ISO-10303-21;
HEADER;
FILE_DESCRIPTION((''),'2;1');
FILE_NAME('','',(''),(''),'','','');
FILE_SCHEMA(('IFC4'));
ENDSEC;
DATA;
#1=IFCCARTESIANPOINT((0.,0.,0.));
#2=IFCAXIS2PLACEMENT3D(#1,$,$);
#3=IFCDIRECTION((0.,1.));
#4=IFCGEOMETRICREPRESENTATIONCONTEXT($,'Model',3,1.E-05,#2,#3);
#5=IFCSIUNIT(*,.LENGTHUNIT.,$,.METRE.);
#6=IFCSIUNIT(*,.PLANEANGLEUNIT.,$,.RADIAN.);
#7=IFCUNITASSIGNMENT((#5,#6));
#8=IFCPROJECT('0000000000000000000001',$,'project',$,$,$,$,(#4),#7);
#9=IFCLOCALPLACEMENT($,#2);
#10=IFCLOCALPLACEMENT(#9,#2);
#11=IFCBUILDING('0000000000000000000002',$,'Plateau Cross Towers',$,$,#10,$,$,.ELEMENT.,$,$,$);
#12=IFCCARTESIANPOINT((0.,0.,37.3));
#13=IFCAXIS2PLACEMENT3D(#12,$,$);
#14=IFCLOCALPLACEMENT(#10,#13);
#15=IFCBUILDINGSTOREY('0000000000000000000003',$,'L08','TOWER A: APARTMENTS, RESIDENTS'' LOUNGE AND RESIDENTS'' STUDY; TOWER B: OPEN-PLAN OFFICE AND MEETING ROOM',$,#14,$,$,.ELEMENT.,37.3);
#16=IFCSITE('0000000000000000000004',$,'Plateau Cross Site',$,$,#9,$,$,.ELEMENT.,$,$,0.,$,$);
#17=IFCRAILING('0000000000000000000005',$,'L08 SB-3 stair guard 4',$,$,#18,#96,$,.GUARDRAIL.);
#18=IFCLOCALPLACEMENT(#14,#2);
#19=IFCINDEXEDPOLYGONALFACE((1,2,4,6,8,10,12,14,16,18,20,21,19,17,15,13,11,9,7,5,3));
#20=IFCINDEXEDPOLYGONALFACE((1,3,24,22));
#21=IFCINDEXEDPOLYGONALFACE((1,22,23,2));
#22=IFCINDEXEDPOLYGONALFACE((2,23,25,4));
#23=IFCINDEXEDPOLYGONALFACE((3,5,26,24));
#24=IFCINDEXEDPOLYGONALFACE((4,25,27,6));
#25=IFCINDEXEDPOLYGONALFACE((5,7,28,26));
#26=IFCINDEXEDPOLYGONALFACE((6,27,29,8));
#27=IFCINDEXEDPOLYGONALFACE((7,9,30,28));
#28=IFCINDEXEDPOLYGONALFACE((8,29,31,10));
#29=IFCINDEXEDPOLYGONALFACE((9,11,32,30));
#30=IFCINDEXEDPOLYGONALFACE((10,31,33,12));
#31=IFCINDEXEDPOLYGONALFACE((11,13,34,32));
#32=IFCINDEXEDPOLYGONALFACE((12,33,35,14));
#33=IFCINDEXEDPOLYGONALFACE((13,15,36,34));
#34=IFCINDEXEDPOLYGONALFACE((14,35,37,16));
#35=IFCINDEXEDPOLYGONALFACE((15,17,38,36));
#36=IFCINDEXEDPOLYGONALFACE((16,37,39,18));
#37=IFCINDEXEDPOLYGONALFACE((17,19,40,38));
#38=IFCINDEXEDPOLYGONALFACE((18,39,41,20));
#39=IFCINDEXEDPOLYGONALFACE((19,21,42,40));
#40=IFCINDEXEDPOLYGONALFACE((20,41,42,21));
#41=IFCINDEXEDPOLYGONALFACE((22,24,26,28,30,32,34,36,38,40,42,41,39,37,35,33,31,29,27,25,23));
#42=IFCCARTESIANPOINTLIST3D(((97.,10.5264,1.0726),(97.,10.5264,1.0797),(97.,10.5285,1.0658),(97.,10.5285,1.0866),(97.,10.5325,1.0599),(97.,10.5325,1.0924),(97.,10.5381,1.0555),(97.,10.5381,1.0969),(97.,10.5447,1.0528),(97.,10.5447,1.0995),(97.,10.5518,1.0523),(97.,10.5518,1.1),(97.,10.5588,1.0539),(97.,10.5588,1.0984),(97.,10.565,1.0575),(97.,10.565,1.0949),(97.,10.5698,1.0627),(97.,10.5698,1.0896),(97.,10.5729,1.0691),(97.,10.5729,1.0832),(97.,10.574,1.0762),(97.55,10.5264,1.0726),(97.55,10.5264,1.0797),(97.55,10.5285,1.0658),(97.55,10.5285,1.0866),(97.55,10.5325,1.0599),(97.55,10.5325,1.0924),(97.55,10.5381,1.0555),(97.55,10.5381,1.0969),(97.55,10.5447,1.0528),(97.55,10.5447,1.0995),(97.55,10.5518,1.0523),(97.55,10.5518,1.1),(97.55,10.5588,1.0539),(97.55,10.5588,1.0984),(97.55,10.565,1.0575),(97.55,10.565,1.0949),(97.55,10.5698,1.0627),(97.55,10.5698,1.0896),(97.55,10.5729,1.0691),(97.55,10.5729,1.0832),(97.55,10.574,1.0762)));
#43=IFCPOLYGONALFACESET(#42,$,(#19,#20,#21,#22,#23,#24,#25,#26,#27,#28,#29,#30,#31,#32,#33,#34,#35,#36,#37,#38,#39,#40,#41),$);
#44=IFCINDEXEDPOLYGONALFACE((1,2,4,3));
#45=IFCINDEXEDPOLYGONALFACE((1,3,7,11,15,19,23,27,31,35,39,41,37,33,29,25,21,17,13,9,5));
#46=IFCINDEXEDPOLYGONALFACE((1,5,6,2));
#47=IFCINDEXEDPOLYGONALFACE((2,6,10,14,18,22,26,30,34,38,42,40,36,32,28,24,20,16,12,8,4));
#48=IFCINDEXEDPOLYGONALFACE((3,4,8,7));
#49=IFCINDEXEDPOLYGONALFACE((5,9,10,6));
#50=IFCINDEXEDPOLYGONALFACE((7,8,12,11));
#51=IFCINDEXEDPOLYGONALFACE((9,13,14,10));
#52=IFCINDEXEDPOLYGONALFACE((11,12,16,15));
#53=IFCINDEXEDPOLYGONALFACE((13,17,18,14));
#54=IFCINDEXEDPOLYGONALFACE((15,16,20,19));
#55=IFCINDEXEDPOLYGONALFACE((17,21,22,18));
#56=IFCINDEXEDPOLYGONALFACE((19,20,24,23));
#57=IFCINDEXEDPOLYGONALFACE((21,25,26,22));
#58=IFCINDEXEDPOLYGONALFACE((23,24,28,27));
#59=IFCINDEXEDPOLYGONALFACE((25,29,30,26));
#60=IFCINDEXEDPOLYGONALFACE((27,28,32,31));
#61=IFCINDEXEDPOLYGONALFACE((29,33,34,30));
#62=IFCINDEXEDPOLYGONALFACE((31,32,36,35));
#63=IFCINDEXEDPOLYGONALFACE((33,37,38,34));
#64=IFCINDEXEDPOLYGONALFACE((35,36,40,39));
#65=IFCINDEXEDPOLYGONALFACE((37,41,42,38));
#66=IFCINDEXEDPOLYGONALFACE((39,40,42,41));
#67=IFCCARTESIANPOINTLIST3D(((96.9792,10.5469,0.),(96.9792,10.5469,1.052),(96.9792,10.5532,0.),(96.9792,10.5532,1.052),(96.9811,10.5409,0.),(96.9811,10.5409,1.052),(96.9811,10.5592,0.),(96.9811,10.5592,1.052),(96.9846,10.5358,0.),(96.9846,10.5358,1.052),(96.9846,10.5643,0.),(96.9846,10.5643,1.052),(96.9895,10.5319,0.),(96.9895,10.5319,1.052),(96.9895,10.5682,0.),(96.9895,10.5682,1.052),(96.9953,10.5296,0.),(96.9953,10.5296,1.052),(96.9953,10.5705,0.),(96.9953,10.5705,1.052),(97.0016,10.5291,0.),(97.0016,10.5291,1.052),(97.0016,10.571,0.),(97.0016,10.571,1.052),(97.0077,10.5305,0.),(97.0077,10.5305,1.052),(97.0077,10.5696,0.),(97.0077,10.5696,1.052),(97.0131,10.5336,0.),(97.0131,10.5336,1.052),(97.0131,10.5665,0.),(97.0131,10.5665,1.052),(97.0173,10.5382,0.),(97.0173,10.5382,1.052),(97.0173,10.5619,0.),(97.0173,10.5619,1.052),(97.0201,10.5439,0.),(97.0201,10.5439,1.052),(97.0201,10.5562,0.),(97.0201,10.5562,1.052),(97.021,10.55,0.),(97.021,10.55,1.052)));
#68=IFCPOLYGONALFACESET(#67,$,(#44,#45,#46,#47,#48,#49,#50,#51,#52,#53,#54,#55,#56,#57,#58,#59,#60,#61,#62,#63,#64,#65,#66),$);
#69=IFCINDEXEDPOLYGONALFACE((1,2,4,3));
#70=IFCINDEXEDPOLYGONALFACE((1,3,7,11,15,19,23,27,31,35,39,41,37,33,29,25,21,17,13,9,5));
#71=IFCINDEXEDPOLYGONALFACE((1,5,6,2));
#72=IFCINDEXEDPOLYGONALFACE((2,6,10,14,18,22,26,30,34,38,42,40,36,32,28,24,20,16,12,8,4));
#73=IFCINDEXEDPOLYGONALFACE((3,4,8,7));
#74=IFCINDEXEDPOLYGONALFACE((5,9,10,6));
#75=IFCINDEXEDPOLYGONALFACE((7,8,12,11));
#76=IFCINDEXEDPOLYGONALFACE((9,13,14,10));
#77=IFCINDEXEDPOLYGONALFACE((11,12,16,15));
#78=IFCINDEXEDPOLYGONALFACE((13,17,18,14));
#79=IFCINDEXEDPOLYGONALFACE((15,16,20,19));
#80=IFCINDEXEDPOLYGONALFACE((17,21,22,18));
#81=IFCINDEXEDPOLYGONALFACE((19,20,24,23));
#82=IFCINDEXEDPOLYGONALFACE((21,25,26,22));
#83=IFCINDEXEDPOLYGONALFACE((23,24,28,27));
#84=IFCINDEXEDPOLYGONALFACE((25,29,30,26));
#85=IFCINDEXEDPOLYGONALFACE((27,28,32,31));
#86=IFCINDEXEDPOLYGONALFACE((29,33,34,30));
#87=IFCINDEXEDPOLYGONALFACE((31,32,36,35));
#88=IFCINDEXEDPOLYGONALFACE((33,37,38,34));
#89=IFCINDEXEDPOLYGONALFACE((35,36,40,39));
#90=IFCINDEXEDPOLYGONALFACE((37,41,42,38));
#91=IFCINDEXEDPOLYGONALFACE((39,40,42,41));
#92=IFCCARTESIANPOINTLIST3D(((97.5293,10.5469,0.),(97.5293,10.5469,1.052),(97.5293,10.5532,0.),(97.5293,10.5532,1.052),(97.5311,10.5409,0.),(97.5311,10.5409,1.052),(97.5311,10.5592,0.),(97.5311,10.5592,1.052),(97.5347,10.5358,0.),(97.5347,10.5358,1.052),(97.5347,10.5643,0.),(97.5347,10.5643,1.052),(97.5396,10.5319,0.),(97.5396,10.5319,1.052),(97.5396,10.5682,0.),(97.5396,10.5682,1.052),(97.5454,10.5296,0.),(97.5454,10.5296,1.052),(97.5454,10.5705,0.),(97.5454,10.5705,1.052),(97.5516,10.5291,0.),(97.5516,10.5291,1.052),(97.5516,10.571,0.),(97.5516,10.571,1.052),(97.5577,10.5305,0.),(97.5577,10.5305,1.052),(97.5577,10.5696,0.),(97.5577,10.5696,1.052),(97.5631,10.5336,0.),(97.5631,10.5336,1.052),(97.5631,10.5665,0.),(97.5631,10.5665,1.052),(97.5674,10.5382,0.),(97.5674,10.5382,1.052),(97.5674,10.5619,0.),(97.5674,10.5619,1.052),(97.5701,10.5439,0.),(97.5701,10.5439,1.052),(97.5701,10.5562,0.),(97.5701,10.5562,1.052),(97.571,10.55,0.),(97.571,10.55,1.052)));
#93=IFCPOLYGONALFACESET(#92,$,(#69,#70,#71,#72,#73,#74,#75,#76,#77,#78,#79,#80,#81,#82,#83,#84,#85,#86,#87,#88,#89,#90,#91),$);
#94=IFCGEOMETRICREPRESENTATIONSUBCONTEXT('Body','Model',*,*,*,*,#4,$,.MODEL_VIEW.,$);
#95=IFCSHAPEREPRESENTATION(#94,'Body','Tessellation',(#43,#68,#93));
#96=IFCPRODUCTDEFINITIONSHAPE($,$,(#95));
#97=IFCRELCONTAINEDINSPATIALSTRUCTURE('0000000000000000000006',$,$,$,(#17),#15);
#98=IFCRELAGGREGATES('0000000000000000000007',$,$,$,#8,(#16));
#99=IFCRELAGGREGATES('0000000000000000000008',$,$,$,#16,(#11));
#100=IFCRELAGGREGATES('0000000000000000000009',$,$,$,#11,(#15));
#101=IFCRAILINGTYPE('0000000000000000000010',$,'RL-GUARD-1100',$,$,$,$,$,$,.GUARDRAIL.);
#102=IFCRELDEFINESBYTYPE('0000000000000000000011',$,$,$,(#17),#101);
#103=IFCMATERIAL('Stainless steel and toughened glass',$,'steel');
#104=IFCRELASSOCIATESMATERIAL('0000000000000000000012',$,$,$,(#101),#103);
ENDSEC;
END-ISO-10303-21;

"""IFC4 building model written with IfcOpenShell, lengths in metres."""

from ifc_helpers import new_model, si_unit, direction, frame, origin, origin_2d, place, context, subcontext, project, spatial, circle, extrude, material, type_object, element, save


model = new_model("IFC4")

# Units and contexts
model_context = context("Model", 3, precision=1e-05, world=origin(), true_north=direction((0.0, 1.0)))
body_context = subcontext(model_context, "Body", "Model", "MODEL_VIEW")
ifc_project = project(units=[si_unit("LENGTHUNIT", "METRE"), si_unit("PLANEANGLEUNIT", "RADIAN")], contexts=[model_context])

# Site, building, storey
site_placement = place(None, origin())
site = spatial("IfcSite", under=ifc_project, at=site_placement, Name="Plateau Cross Site", CompositionType="ELEMENT", RefElevation=0.0)
building_placement = place(site_placement, origin())
building = spatial("IfcBuilding", under=site, at=building_placement, Name="Plateau Cross Towers", CompositionType="ELEMENT")
storey_placement = place(building_placement, frame((0.0, 0.0, 37.3)))
storey = spatial("IfcBuildingStorey", under=building, at=storey_placement, Name="L08", Description="TOWER A: APARTMENTS, RESIDENTS' LOUNGE AND RESIDENTS' STUDY; TOWER B: OPEN-PLAN OFFICE AND MEETING ROOM", CompositionType="ELEMENT", Elevation=37.3)

# Railing
ifc_material_1 = material(Name="Stainless steel and toughened glass", Category="steel")
railing_type_1 = type_object("IfcRailingType", Name="RL-GUARD-1100", PredefinedType="GUARDRAIL", material=ifc_material_1)
railing_1_placement = place(storey_placement, frame((97.0, 10.55, 0.0)))
element("IfcRailing", 1, at=railing_1_placement, inside=storey, type_object=railing_type_1, Name="L08 SB-3 stair guard 4", PredefinedType="GUARDRAIL", context=body_context, shape_type="SweptSolid", body=[
    extrude(circle(Radius=0.0239, at=origin_2d()), frame((0.0, 0.0, 1.0762), z_axis=(1.0, 0.0, 0.0), x_axis=(0.0, 1.0, 0.0)), (0.0, 0.0, 1.0), 0.55),
    extrude(circle(Radius=0.021, at=origin_2d()), origin(), (0.0, 0.0, 1.0), 1.052),
    extrude(circle(Radius=0.021, at=origin_2d()), frame((0.55, 0.0, 0.0)), (0.0, 0.0, 1.0), 1.052),
])

save(model, "model.ifc")
